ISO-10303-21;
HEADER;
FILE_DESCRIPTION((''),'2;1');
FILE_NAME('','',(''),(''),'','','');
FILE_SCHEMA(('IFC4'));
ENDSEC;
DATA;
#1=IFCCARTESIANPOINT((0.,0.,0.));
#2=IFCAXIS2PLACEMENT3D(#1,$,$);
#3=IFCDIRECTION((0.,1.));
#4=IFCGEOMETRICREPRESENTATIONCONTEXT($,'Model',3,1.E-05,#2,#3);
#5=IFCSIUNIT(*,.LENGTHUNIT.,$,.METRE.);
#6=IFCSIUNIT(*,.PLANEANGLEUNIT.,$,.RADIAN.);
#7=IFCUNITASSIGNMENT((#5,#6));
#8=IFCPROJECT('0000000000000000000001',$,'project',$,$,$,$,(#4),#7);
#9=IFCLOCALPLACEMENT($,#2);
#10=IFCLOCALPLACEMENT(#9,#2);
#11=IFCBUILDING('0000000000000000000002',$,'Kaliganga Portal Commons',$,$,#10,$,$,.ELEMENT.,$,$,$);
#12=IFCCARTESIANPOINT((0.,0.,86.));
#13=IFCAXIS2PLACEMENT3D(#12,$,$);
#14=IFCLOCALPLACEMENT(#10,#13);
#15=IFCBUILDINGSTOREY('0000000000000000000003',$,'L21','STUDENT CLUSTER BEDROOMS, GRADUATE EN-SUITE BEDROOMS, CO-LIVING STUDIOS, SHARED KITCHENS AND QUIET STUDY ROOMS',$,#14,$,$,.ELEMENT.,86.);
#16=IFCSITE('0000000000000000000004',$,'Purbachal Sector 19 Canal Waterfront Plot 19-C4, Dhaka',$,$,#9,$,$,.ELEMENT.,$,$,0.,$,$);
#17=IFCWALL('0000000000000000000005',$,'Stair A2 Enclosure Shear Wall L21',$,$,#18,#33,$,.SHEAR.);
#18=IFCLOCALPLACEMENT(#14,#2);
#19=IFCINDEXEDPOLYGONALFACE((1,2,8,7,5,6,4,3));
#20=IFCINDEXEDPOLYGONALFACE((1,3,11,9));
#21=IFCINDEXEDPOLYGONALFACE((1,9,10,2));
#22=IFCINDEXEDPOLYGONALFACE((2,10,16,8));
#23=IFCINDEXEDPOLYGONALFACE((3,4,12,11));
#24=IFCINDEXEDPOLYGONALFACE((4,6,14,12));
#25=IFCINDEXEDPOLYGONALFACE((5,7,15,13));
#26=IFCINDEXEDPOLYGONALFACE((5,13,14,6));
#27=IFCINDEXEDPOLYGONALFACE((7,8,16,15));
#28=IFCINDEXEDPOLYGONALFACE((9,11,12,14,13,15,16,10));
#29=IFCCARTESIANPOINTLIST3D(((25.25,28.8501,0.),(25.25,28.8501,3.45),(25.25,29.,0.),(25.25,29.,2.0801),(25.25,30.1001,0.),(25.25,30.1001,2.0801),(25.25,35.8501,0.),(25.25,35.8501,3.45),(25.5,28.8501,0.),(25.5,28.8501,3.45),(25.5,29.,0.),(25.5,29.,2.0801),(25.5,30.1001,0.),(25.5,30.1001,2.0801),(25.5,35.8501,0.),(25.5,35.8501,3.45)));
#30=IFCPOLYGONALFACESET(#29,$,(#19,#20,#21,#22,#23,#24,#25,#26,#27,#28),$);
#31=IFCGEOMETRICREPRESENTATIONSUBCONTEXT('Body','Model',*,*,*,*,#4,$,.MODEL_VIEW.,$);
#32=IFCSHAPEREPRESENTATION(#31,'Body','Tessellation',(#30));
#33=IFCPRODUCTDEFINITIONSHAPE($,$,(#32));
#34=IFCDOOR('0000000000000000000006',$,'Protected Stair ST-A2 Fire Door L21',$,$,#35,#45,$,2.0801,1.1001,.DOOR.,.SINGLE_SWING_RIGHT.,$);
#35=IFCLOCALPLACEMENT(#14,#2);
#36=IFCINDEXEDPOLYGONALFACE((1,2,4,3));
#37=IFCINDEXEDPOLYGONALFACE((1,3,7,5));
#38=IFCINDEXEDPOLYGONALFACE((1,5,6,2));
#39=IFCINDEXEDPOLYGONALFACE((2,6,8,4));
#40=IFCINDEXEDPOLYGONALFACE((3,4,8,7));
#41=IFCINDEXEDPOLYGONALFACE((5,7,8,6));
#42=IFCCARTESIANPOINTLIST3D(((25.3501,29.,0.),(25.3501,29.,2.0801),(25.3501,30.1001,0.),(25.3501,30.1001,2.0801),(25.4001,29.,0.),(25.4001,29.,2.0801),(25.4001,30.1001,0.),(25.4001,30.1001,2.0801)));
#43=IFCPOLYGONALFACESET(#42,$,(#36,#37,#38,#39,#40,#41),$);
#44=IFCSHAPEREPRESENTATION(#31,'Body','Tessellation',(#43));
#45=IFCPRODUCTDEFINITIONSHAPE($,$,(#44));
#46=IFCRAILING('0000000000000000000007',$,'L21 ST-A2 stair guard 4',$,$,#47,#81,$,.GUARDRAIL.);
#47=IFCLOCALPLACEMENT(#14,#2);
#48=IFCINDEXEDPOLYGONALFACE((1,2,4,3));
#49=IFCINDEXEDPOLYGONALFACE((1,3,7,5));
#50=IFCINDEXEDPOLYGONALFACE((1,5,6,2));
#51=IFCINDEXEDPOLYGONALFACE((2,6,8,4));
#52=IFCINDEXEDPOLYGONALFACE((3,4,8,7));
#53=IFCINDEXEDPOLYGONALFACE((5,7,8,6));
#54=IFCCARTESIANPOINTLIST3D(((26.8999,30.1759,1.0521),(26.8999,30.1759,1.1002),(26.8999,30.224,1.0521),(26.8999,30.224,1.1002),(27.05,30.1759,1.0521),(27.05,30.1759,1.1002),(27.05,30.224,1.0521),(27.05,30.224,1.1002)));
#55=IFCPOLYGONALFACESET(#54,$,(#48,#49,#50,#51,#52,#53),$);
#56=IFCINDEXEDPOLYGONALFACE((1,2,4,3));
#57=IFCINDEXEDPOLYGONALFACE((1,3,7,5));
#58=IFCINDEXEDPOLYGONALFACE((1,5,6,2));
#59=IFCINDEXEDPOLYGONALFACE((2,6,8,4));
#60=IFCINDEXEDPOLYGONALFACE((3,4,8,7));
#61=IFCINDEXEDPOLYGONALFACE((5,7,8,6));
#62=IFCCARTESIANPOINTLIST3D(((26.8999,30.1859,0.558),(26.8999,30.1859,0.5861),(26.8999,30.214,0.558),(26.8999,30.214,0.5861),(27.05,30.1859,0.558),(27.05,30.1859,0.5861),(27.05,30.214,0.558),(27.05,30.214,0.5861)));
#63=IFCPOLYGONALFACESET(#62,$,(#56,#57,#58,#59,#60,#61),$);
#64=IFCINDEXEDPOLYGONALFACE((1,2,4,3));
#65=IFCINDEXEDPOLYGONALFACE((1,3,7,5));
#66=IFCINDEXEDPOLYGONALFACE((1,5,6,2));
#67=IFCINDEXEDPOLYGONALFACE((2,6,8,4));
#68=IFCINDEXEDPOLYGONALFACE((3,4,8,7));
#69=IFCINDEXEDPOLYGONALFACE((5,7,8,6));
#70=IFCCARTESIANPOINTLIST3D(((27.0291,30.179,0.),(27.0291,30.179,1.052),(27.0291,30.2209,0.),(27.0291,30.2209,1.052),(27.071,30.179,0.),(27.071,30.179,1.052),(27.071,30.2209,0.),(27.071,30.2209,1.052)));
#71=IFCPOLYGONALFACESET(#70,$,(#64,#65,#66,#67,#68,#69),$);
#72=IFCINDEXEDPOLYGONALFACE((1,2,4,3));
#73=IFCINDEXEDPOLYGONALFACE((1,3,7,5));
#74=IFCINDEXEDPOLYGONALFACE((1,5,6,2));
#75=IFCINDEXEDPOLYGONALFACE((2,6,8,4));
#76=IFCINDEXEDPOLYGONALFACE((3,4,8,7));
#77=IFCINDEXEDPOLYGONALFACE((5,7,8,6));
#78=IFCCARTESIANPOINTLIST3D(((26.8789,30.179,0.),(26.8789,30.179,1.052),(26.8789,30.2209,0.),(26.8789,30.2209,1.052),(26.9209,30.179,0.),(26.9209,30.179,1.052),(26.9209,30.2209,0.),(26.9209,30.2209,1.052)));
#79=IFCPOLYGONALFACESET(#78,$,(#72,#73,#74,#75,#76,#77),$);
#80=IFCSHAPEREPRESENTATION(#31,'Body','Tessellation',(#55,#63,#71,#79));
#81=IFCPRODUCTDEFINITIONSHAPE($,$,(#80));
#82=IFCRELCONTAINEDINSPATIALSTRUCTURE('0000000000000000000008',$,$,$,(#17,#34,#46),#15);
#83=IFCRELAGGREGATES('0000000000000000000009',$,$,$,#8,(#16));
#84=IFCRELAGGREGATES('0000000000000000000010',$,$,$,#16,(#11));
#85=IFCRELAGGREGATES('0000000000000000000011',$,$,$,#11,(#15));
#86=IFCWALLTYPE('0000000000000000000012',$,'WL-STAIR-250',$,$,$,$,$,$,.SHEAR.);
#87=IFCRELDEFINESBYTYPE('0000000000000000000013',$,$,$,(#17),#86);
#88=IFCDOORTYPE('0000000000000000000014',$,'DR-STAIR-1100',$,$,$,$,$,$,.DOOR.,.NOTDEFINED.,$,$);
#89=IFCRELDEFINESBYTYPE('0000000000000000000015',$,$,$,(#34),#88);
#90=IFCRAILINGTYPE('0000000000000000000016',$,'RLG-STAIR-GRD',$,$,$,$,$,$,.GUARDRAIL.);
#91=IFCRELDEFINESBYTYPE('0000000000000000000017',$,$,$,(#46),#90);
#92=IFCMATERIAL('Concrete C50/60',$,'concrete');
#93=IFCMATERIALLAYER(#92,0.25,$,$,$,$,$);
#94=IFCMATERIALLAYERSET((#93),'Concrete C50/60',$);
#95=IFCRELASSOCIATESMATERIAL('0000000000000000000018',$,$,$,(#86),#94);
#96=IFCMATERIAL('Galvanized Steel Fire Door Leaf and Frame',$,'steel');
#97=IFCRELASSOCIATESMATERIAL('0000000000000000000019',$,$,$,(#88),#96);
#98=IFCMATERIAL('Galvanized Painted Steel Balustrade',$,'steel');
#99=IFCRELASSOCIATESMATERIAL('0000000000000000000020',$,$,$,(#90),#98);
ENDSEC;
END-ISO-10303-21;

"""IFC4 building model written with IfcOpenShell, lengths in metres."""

from ifc_helpers import new_model, si_unit, direction, frame, frame_2d, origin, origin_2d, place, context, subcontext, project, spatial, rectangle, extrude, material, layer, layer_set, type_object, element, fill, save


model = new_model("IFC4")

# Units and contexts
model_context = context("Model", 3, precision=1e-05, world=origin(), true_north=direction((0.0, 1.0)))
body_context = subcontext(model_context, "Body", "Model", "MODEL_VIEW")
ifc_project = project(units=[si_unit("LENGTHUNIT", "METRE"), si_unit("PLANEANGLEUNIT", "RADIAN")], contexts=[model_context])

# Site, building, storey
site_placement = place(None, origin())
site = spatial("IfcSite", under=ifc_project, at=site_placement, Name="Purbachal Sector 19 Canal Waterfront Plot 19-C4, Dhaka", CompositionType="ELEMENT", RefElevation=0.0)
building_placement = place(site_placement, origin())
building = spatial("IfcBuilding", under=site, at=building_placement, Name="Kaliganga Portal Commons", CompositionType="ELEMENT")
storey_placement = place(building_placement, frame((0.0, 0.0, 86.0)))
storey = spatial("IfcBuildingStorey", under=building, at=storey_placement, Name="L21", Description="STUDENT CLUSTER BEDROOMS, GRADUATE EN-SUITE BEDROOMS, CO-LIVING STUDIOS, SHARED KITCHENS AND QUIET STUDY ROOMS", CompositionType="ELEMENT", Elevation=86.0)

# Wall, opening, door
ifc_material_1 = material(Name="Concrete C50/60", Category="concrete")
ifc_layer_1 = layer(ifc_material_1, 0.25)
ifc_layer_set_1 = layer_set([ifc_layer_1], Name="Concrete C50/60")
wall_type_1 = type_object("IfcWallType", Name="WL-STAIR-250", PredefinedType="SHEAR", material=ifc_layer_set_1)
wall_1_placement = place(storey_placement, frame((25.375, 28.8501, 0.0), z_axis=(0.0, 0.0, 1.0), x_axis=(0.0, 1.0, 0.0)))
wall_1 = element("IfcWall", 1, at=wall_1_placement, inside=storey, type_object=wall_type_1, Name="Stair A2 Enclosure Shear Wall L21", PredefinedType="SHEAR", context=body_context, shape_type="SweptSolid", body=[
    extrude(rectangle(XDim=7.0, YDim=0.25, at=frame_2d((3.5, 0.0))), origin(), (0.0, 0.0, 1.0), 3.45),
])
opening_1_placement = place(wall_1_placement, frame((0.1499, 0.0, 0.0)))
opening_1 = element("IfcOpeningElement", 2, at=opening_1_placement, cuts=wall_1, PredefinedType="OPENING", context=body_context, shape_type="SweptSolid", body=[
    extrude(rectangle(XDim=1.1001, YDim=2.0801, at=frame_2d((0.55, 1.04))), frame((0.0, 0.135, 0.0), z_axis=(0.0, -1.0, 0.0), x_axis=(1.0, 0.0, 0.0)), (0.0, 0.0, 1.0), 0.27),
])
ifc_material_2 = material(Name="Galvanized Steel Fire Door Leaf and Frame", Category="steel")
door_type_1 = type_object("IfcDoorType", Name="DR-STAIR-1100", OperationType="NOTDEFINED", PredefinedType="DOOR", material=ifc_material_2)
door_1_placement = place(opening_1_placement, origin())
door_1 = element("IfcDoor", 3, at=door_1_placement, inside=storey, type_object=door_type_1, Name="Protected Stair ST-A2 Fire Door L21", OperationType="SINGLE_SWING_RIGHT", OverallHeight=2.0801, OverallWidth=1.1001, PredefinedType="DOOR", context=body_context, shape_type="SweptSolid", body=[
    extrude(rectangle(XDim=1.1001, YDim=2.0801, at=frame_2d((0.55, 1.04))), frame((0.0, 0.0249, 0.0), z_axis=(0.0, -1.0, 0.0), x_axis=(1.0, 0.0, 0.0)), (0.0, 0.0, 1.0), 0.05),
])
fill(opening_1, door_1)

# Railing
ifc_material_3 = material(Name="Galvanized Painted Steel Balustrade", Category="steel")
railing_type = type_object("IfcRailingType", Name="RLG-STAIR-GRD", PredefinedType="GUARDRAIL", material=ifc_material_3)
railing_placement = place(storey_placement, frame((27.05, 30.2, 0.0)))
element("IfcRailing", 4, at=railing_placement, inside=storey, type_object=railing_type, Name="L21 ST-A2 stair guard 4", PredefinedType="GUARDRAIL", context=body_context, shape_type="SweptSolid", body=[
    extrude(rectangle(XDim=0.0481, YDim=0.0481, at=origin_2d()), frame((0.0, 0.0, 1.0762), z_axis=(-1.0, 0.0, 0.0), x_axis=(0.0, -1.0, 0.0)), (0.0, 0.0, 1.0), 0.1501),
    extrude(rectangle(XDim=0.0281, YDim=0.0281, at=origin_2d()), frame((0.0, 0.0, 0.572), z_axis=(-1.0, 0.0, 0.0), x_axis=(0.0, -1.0, 0.0)), (0.0, 0.0, 1.0), 0.1501),
    extrude(rectangle(XDim=0.042, YDim=0.042, at=origin_2d()), origin(), (0.0, 0.0, 1.0), 1.052),
    extrude(rectangle(XDim=0.042, YDim=0.042, at=origin_2d()), frame((-0.1501, 0.0, 0.0)), (0.0, 0.0, 1.0), 1.052),
])

save(model, "model.ifc")
